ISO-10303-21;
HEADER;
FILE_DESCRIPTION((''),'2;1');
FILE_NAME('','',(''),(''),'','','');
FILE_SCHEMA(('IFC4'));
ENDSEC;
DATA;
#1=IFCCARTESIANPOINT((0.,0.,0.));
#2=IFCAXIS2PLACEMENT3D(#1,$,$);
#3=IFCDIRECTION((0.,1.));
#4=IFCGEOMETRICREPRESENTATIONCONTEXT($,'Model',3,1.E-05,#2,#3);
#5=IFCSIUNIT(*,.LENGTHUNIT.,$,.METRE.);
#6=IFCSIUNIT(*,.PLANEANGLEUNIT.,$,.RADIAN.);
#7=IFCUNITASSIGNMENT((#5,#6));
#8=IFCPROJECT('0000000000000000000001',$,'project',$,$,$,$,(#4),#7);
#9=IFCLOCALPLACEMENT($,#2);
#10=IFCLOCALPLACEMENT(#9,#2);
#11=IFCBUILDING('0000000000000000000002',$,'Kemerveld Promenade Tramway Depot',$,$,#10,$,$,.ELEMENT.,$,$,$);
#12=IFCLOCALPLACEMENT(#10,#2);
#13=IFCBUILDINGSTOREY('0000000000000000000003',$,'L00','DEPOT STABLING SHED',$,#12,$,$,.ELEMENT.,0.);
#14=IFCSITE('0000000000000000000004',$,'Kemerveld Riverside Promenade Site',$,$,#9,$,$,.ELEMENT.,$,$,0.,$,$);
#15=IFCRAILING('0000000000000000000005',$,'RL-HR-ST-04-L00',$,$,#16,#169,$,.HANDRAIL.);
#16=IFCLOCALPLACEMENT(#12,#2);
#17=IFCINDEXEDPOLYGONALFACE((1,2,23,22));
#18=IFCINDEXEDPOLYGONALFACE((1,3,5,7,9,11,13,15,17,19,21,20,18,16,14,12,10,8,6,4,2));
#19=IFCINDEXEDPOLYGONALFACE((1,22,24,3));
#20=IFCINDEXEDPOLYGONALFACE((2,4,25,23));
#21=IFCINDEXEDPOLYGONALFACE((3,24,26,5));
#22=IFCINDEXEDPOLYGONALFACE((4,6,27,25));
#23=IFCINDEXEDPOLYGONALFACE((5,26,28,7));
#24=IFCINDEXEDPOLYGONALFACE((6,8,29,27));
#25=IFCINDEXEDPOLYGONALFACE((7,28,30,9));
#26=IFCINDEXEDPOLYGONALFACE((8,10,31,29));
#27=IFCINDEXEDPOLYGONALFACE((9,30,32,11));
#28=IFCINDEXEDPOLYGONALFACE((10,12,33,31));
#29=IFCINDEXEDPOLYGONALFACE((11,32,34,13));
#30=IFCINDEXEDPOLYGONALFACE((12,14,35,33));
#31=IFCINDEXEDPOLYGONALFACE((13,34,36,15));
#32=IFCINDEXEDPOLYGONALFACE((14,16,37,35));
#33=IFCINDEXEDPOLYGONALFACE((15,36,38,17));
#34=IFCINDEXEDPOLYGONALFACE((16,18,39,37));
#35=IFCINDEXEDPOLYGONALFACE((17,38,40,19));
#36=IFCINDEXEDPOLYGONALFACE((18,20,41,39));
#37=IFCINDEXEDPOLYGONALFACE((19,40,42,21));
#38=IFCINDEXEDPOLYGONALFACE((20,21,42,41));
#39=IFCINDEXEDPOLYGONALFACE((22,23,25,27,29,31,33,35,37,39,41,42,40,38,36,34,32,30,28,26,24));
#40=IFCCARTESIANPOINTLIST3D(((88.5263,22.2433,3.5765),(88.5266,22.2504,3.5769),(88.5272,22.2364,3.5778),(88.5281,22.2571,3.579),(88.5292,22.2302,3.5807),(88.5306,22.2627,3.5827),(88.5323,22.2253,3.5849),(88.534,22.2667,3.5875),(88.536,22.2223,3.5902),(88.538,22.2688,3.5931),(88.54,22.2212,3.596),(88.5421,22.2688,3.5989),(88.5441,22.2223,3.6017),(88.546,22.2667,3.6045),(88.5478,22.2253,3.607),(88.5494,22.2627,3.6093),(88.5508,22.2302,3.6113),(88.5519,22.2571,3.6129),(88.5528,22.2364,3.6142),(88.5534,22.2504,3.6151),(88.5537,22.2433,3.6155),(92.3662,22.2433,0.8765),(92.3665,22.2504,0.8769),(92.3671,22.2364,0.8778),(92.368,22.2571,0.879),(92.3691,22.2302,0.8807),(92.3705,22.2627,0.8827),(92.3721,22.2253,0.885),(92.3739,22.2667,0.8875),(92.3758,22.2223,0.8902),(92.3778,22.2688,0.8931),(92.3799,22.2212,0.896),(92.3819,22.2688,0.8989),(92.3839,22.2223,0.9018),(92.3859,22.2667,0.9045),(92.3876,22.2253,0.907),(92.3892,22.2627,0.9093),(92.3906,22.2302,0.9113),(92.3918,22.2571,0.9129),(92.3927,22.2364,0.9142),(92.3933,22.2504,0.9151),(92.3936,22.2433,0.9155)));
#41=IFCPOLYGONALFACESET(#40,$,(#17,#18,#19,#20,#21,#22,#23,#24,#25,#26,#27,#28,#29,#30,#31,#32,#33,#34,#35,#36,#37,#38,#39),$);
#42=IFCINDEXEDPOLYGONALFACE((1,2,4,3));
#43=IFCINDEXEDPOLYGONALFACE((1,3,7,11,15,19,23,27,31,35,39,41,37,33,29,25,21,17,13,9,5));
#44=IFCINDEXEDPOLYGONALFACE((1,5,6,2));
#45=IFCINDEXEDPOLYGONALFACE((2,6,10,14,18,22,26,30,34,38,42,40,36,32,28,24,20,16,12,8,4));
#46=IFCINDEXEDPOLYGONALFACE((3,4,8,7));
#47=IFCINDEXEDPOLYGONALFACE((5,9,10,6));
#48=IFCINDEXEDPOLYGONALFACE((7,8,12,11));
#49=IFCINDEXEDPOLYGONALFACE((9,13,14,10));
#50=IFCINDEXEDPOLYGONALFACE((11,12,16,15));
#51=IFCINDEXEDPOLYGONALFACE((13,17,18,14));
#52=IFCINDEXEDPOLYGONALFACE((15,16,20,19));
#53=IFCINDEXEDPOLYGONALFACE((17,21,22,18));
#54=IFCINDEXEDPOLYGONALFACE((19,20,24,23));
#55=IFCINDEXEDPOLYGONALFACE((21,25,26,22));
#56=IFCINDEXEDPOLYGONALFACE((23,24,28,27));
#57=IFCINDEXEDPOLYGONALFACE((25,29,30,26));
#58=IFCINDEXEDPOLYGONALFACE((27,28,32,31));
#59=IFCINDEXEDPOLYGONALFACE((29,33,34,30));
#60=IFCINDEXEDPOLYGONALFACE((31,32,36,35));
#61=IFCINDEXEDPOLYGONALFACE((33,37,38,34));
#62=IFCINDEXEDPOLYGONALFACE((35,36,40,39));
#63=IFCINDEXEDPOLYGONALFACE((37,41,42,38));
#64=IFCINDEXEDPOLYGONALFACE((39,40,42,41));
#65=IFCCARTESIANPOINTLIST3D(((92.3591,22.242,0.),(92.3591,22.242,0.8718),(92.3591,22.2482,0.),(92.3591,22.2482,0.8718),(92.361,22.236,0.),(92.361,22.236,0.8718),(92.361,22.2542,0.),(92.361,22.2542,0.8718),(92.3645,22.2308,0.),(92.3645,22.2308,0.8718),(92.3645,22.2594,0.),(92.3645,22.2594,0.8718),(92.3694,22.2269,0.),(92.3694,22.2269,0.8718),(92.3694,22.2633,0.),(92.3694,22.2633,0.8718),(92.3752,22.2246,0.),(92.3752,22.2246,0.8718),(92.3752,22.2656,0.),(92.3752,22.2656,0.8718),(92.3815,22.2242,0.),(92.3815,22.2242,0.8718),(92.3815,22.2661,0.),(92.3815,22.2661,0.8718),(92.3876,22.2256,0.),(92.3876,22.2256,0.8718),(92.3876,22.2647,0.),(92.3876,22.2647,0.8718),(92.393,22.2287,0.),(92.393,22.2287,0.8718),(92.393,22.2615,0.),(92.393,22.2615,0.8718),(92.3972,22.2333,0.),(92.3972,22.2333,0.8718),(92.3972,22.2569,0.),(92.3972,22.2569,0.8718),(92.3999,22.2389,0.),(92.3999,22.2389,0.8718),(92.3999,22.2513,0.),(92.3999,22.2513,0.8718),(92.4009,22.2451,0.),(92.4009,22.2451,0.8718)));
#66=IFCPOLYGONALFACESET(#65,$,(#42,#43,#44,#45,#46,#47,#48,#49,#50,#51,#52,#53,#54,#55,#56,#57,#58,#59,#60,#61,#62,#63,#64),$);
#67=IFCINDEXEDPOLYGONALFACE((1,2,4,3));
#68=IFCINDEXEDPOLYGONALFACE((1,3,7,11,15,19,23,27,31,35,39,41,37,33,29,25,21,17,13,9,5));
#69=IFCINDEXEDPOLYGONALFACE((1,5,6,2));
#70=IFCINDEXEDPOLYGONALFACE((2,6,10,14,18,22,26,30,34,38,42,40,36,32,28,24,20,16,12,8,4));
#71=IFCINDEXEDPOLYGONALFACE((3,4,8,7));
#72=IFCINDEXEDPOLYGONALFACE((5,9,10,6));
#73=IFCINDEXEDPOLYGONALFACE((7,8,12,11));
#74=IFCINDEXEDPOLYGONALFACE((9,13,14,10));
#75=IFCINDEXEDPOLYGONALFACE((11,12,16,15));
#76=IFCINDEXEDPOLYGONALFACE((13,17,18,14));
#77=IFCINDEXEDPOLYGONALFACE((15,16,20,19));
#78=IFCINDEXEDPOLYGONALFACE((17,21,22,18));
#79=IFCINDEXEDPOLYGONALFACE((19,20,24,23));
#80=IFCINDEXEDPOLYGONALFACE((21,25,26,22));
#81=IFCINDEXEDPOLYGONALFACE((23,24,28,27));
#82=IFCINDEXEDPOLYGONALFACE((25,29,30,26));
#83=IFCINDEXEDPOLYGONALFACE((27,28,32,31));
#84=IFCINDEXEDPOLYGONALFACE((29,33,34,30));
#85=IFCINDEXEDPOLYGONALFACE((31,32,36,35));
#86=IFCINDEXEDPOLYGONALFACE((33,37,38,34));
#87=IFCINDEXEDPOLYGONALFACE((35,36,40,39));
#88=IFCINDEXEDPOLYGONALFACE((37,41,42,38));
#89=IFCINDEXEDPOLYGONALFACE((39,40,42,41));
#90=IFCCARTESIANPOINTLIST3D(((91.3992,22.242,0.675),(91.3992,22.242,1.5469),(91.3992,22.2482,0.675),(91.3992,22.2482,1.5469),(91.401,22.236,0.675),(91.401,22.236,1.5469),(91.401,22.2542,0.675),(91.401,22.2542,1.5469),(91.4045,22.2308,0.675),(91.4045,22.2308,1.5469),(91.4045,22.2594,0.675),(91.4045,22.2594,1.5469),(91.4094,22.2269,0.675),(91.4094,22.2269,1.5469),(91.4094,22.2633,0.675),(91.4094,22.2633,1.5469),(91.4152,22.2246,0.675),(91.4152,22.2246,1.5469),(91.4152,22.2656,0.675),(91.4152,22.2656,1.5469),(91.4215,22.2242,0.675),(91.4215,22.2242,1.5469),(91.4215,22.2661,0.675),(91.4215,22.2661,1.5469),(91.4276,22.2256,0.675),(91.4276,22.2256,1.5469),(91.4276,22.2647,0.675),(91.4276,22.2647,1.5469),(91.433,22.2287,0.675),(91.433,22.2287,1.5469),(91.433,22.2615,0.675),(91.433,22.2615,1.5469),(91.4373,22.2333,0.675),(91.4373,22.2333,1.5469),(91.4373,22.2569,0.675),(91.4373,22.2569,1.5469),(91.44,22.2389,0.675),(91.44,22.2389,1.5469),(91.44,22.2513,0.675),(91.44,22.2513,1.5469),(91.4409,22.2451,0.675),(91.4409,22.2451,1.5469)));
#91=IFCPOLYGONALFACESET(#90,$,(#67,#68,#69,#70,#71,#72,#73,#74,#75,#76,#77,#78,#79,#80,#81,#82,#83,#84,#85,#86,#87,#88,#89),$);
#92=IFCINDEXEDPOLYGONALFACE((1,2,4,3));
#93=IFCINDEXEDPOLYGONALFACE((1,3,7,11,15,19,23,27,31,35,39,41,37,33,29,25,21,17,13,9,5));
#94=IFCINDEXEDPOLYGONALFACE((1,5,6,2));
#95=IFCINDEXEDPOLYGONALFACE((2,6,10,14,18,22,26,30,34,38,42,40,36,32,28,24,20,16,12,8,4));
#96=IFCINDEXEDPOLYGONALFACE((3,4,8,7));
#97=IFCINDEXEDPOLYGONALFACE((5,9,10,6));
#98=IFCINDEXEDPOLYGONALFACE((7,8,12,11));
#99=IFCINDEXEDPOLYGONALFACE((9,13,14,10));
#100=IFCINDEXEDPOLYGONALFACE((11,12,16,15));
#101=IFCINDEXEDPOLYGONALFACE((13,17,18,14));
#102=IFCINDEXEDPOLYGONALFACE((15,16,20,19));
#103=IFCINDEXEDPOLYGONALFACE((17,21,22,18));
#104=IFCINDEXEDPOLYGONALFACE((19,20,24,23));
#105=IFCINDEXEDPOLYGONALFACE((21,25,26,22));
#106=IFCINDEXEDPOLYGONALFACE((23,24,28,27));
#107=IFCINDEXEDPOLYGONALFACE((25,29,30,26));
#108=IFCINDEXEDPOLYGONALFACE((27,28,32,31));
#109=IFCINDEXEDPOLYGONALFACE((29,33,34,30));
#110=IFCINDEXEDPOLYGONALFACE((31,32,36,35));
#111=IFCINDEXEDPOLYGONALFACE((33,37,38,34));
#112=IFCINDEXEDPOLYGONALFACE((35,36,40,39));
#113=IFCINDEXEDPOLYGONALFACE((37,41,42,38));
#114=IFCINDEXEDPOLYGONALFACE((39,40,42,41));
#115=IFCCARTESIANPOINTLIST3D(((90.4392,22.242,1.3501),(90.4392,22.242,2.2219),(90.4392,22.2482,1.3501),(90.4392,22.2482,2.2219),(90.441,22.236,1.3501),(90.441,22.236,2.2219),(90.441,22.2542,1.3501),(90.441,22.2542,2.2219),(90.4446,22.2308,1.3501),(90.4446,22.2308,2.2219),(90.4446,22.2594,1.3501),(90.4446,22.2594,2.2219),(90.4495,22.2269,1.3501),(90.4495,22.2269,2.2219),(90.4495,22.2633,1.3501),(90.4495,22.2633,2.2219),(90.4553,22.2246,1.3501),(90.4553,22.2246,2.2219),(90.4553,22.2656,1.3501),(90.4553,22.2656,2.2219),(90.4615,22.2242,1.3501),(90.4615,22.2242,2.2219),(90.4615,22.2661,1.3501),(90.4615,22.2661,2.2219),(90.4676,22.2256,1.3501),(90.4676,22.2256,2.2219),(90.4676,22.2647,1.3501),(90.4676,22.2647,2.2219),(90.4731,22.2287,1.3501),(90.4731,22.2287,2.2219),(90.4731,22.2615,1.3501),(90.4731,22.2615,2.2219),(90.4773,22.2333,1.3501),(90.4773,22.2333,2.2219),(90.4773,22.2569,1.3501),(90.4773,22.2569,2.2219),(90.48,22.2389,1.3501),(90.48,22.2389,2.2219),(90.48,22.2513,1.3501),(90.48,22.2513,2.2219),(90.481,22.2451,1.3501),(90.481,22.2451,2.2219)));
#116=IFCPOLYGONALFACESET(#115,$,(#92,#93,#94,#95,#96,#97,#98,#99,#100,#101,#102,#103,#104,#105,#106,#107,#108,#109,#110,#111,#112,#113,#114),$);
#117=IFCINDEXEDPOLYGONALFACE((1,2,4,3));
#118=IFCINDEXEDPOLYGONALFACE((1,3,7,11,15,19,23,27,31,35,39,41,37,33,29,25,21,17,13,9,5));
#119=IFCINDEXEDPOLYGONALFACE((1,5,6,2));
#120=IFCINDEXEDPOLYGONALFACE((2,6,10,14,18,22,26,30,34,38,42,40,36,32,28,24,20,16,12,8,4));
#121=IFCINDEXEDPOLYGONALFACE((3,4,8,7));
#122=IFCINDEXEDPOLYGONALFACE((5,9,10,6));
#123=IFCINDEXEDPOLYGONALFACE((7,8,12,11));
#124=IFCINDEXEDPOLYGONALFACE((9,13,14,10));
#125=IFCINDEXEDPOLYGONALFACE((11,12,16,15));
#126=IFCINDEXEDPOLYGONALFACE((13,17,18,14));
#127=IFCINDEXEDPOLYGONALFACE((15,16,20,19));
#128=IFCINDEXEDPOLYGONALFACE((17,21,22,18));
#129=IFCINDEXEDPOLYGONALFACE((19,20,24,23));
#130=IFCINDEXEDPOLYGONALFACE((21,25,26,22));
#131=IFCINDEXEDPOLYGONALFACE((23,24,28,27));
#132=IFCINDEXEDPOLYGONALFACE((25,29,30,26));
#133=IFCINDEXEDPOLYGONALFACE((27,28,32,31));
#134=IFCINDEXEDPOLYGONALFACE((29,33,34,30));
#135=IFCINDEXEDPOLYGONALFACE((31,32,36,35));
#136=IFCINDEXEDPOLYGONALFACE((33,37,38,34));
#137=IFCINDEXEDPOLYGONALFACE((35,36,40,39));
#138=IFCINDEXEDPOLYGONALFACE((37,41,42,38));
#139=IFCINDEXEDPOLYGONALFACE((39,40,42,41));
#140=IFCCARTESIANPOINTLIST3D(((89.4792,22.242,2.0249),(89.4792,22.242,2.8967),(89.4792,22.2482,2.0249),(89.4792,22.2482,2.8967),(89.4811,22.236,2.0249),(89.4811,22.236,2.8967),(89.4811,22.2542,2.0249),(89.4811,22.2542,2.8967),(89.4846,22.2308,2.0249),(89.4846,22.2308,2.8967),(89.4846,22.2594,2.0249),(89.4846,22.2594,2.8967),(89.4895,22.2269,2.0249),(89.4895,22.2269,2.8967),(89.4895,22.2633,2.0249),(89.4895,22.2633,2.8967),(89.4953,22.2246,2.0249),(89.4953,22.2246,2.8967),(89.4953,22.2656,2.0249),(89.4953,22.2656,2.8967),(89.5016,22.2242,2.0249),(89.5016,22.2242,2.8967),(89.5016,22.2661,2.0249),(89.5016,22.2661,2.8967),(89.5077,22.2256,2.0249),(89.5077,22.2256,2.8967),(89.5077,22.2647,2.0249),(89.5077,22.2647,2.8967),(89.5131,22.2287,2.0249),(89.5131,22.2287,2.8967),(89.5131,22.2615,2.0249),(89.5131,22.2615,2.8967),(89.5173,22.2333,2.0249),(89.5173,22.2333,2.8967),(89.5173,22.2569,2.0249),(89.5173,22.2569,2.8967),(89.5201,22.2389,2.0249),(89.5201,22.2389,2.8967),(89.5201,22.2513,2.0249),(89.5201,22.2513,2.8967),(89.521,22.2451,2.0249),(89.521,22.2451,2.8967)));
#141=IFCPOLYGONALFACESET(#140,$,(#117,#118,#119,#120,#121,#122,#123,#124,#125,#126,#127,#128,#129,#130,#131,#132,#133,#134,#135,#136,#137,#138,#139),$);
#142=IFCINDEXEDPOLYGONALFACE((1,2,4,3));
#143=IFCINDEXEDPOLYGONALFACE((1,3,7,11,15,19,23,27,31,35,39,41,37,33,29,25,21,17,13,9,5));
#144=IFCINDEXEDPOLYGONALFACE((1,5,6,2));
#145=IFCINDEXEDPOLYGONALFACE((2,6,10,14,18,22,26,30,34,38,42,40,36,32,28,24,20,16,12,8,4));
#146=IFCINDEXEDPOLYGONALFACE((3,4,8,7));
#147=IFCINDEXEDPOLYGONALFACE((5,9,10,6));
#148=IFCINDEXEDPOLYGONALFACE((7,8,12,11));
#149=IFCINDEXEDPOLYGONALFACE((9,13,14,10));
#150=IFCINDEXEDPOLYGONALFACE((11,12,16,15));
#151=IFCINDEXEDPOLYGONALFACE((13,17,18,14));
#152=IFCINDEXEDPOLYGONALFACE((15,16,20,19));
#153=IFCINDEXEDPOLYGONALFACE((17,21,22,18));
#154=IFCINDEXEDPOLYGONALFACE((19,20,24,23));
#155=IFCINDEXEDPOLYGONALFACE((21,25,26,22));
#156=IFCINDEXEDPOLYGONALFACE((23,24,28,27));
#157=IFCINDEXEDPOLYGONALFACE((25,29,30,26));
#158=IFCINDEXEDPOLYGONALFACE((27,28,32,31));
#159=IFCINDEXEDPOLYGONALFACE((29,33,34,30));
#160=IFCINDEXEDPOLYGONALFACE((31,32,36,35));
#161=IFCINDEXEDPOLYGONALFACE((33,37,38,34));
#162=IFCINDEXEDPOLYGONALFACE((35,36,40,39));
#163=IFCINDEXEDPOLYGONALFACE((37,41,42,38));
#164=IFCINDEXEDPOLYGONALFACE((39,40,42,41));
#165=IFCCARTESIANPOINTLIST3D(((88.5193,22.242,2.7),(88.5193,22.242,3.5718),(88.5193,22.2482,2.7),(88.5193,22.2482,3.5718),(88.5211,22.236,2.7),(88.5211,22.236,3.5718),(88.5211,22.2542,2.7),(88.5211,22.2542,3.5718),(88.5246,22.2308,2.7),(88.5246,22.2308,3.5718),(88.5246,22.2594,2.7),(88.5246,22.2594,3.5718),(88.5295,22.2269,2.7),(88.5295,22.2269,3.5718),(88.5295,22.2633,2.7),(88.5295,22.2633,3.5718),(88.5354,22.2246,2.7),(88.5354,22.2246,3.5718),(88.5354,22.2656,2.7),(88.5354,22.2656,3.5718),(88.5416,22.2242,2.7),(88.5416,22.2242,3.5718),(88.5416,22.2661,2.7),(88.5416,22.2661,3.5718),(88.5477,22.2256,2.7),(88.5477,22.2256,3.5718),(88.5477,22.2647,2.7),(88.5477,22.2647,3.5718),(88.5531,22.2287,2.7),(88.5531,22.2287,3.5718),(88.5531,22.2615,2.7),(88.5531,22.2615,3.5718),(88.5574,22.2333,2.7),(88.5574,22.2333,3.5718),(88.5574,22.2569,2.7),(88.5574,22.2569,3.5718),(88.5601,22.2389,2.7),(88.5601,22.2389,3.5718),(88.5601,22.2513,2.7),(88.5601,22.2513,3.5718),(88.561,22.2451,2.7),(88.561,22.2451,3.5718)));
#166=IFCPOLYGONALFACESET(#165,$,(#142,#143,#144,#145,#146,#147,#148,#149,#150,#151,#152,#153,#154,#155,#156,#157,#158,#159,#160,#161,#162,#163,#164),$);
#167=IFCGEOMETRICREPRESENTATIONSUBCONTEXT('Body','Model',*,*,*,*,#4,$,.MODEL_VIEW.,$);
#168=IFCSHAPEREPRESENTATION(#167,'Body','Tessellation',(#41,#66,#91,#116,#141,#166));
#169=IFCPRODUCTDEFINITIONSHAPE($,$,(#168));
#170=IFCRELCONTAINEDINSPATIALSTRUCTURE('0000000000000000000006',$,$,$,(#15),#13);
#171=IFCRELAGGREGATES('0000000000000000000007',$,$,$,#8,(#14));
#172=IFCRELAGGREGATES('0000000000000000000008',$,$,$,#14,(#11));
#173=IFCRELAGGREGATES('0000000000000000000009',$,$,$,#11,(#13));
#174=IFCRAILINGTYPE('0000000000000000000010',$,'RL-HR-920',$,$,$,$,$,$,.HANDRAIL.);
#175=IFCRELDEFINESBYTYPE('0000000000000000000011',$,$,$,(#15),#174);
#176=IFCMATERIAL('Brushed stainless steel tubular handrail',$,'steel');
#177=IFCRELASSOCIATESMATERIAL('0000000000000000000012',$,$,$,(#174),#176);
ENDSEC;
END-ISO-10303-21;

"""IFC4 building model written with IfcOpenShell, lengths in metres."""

from ifc_helpers import new_model, si_unit, direction, frame, origin, origin_2d, place, context, subcontext, project, spatial, circle, extrude, material, type_object, element, save


model = new_model("IFC4")

# Units and contexts
model_context = context("Model", 3, precision=1e-05, world=origin(), true_north=direction((0.0, 1.0)))
body_context = subcontext(model_context, "Body", "Model", "MODEL_VIEW")
ifc_project = project(units=[si_unit("LENGTHUNIT", "METRE"), si_unit("PLANEANGLEUNIT", "RADIAN")], contexts=[model_context])

# Site, building, storey
site_placement = place(None, origin())
site = spatial("IfcSite", under=ifc_project, at=site_placement, Name="Kemerveld Riverside Promenade Site", CompositionType="ELEMENT", RefElevation=0.0)
building_placement = place(site_placement, origin())
building = spatial("IfcBuilding", under=site, at=building_placement, Name="Kemerveld Promenade Tramway Depot", CompositionType="ELEMENT")
storey_placement = place(building_placement, origin())
storey = spatial("IfcBuildingStorey", under=building, at=storey_placement, Name="L00", Description="DEPOT STABLING SHED", CompositionType="ELEMENT", Elevation=0.0)

# Railing
ifc_material_1 = material(Name="Brushed stainless steel tubular handrail", Category="steel")
railing_type_1 = type_object("IfcRailingType", Name="RL-HR-920", PredefinedType="HANDRAIL", material=ifc_material_1)
railing_1_placement = place(storey_placement, frame((92.3799, 22.2451, 0.0)))
element("IfcRailing", 1, at=railing_1_placement, inside=storey, type_object=railing_type_1, Name="RL-HR-ST-04-L00", PredefinedType="HANDRAIL", context=body_context, shape_type="SweptSolid", body=[
    extrude(circle(Radius=0.0239, at=origin_2d()), frame((0.0, 0.0, 0.896), z_axis=(-0.818023, 0.0, 0.575185), x_axis=(0.0, -1.0, 0.0)), (0.0, 0.0, 1.0), 4.6941),
    extrude(circle(Radius=0.021, at=origin_2d()), origin(), (0.0, 0.0, 1.0), 0.8718),
    extrude(circle(Radius=0.021, at=origin_2d()), frame((-0.96, 0.0, 0.675)), (0.0, 0.0, 1.0), 0.8718),
    extrude(circle(Radius=0.021, at=origin_2d()), frame((-1.9199, 0.0, 1.3501)), (0.0, 0.0, 1.0), 0.8718),
    extrude(circle(Radius=0.021, at=origin_2d()), frame((-2.8799, 0.0, 2.0249)), (0.0, 0.0, 1.0), 0.8718),
    extrude(circle(Radius=0.021, at=origin_2d()), frame((-3.8398, 0.0, 2.7)), (0.0, 0.0, 1.0), 0.8718),
])

save(model, "model.ifc")
